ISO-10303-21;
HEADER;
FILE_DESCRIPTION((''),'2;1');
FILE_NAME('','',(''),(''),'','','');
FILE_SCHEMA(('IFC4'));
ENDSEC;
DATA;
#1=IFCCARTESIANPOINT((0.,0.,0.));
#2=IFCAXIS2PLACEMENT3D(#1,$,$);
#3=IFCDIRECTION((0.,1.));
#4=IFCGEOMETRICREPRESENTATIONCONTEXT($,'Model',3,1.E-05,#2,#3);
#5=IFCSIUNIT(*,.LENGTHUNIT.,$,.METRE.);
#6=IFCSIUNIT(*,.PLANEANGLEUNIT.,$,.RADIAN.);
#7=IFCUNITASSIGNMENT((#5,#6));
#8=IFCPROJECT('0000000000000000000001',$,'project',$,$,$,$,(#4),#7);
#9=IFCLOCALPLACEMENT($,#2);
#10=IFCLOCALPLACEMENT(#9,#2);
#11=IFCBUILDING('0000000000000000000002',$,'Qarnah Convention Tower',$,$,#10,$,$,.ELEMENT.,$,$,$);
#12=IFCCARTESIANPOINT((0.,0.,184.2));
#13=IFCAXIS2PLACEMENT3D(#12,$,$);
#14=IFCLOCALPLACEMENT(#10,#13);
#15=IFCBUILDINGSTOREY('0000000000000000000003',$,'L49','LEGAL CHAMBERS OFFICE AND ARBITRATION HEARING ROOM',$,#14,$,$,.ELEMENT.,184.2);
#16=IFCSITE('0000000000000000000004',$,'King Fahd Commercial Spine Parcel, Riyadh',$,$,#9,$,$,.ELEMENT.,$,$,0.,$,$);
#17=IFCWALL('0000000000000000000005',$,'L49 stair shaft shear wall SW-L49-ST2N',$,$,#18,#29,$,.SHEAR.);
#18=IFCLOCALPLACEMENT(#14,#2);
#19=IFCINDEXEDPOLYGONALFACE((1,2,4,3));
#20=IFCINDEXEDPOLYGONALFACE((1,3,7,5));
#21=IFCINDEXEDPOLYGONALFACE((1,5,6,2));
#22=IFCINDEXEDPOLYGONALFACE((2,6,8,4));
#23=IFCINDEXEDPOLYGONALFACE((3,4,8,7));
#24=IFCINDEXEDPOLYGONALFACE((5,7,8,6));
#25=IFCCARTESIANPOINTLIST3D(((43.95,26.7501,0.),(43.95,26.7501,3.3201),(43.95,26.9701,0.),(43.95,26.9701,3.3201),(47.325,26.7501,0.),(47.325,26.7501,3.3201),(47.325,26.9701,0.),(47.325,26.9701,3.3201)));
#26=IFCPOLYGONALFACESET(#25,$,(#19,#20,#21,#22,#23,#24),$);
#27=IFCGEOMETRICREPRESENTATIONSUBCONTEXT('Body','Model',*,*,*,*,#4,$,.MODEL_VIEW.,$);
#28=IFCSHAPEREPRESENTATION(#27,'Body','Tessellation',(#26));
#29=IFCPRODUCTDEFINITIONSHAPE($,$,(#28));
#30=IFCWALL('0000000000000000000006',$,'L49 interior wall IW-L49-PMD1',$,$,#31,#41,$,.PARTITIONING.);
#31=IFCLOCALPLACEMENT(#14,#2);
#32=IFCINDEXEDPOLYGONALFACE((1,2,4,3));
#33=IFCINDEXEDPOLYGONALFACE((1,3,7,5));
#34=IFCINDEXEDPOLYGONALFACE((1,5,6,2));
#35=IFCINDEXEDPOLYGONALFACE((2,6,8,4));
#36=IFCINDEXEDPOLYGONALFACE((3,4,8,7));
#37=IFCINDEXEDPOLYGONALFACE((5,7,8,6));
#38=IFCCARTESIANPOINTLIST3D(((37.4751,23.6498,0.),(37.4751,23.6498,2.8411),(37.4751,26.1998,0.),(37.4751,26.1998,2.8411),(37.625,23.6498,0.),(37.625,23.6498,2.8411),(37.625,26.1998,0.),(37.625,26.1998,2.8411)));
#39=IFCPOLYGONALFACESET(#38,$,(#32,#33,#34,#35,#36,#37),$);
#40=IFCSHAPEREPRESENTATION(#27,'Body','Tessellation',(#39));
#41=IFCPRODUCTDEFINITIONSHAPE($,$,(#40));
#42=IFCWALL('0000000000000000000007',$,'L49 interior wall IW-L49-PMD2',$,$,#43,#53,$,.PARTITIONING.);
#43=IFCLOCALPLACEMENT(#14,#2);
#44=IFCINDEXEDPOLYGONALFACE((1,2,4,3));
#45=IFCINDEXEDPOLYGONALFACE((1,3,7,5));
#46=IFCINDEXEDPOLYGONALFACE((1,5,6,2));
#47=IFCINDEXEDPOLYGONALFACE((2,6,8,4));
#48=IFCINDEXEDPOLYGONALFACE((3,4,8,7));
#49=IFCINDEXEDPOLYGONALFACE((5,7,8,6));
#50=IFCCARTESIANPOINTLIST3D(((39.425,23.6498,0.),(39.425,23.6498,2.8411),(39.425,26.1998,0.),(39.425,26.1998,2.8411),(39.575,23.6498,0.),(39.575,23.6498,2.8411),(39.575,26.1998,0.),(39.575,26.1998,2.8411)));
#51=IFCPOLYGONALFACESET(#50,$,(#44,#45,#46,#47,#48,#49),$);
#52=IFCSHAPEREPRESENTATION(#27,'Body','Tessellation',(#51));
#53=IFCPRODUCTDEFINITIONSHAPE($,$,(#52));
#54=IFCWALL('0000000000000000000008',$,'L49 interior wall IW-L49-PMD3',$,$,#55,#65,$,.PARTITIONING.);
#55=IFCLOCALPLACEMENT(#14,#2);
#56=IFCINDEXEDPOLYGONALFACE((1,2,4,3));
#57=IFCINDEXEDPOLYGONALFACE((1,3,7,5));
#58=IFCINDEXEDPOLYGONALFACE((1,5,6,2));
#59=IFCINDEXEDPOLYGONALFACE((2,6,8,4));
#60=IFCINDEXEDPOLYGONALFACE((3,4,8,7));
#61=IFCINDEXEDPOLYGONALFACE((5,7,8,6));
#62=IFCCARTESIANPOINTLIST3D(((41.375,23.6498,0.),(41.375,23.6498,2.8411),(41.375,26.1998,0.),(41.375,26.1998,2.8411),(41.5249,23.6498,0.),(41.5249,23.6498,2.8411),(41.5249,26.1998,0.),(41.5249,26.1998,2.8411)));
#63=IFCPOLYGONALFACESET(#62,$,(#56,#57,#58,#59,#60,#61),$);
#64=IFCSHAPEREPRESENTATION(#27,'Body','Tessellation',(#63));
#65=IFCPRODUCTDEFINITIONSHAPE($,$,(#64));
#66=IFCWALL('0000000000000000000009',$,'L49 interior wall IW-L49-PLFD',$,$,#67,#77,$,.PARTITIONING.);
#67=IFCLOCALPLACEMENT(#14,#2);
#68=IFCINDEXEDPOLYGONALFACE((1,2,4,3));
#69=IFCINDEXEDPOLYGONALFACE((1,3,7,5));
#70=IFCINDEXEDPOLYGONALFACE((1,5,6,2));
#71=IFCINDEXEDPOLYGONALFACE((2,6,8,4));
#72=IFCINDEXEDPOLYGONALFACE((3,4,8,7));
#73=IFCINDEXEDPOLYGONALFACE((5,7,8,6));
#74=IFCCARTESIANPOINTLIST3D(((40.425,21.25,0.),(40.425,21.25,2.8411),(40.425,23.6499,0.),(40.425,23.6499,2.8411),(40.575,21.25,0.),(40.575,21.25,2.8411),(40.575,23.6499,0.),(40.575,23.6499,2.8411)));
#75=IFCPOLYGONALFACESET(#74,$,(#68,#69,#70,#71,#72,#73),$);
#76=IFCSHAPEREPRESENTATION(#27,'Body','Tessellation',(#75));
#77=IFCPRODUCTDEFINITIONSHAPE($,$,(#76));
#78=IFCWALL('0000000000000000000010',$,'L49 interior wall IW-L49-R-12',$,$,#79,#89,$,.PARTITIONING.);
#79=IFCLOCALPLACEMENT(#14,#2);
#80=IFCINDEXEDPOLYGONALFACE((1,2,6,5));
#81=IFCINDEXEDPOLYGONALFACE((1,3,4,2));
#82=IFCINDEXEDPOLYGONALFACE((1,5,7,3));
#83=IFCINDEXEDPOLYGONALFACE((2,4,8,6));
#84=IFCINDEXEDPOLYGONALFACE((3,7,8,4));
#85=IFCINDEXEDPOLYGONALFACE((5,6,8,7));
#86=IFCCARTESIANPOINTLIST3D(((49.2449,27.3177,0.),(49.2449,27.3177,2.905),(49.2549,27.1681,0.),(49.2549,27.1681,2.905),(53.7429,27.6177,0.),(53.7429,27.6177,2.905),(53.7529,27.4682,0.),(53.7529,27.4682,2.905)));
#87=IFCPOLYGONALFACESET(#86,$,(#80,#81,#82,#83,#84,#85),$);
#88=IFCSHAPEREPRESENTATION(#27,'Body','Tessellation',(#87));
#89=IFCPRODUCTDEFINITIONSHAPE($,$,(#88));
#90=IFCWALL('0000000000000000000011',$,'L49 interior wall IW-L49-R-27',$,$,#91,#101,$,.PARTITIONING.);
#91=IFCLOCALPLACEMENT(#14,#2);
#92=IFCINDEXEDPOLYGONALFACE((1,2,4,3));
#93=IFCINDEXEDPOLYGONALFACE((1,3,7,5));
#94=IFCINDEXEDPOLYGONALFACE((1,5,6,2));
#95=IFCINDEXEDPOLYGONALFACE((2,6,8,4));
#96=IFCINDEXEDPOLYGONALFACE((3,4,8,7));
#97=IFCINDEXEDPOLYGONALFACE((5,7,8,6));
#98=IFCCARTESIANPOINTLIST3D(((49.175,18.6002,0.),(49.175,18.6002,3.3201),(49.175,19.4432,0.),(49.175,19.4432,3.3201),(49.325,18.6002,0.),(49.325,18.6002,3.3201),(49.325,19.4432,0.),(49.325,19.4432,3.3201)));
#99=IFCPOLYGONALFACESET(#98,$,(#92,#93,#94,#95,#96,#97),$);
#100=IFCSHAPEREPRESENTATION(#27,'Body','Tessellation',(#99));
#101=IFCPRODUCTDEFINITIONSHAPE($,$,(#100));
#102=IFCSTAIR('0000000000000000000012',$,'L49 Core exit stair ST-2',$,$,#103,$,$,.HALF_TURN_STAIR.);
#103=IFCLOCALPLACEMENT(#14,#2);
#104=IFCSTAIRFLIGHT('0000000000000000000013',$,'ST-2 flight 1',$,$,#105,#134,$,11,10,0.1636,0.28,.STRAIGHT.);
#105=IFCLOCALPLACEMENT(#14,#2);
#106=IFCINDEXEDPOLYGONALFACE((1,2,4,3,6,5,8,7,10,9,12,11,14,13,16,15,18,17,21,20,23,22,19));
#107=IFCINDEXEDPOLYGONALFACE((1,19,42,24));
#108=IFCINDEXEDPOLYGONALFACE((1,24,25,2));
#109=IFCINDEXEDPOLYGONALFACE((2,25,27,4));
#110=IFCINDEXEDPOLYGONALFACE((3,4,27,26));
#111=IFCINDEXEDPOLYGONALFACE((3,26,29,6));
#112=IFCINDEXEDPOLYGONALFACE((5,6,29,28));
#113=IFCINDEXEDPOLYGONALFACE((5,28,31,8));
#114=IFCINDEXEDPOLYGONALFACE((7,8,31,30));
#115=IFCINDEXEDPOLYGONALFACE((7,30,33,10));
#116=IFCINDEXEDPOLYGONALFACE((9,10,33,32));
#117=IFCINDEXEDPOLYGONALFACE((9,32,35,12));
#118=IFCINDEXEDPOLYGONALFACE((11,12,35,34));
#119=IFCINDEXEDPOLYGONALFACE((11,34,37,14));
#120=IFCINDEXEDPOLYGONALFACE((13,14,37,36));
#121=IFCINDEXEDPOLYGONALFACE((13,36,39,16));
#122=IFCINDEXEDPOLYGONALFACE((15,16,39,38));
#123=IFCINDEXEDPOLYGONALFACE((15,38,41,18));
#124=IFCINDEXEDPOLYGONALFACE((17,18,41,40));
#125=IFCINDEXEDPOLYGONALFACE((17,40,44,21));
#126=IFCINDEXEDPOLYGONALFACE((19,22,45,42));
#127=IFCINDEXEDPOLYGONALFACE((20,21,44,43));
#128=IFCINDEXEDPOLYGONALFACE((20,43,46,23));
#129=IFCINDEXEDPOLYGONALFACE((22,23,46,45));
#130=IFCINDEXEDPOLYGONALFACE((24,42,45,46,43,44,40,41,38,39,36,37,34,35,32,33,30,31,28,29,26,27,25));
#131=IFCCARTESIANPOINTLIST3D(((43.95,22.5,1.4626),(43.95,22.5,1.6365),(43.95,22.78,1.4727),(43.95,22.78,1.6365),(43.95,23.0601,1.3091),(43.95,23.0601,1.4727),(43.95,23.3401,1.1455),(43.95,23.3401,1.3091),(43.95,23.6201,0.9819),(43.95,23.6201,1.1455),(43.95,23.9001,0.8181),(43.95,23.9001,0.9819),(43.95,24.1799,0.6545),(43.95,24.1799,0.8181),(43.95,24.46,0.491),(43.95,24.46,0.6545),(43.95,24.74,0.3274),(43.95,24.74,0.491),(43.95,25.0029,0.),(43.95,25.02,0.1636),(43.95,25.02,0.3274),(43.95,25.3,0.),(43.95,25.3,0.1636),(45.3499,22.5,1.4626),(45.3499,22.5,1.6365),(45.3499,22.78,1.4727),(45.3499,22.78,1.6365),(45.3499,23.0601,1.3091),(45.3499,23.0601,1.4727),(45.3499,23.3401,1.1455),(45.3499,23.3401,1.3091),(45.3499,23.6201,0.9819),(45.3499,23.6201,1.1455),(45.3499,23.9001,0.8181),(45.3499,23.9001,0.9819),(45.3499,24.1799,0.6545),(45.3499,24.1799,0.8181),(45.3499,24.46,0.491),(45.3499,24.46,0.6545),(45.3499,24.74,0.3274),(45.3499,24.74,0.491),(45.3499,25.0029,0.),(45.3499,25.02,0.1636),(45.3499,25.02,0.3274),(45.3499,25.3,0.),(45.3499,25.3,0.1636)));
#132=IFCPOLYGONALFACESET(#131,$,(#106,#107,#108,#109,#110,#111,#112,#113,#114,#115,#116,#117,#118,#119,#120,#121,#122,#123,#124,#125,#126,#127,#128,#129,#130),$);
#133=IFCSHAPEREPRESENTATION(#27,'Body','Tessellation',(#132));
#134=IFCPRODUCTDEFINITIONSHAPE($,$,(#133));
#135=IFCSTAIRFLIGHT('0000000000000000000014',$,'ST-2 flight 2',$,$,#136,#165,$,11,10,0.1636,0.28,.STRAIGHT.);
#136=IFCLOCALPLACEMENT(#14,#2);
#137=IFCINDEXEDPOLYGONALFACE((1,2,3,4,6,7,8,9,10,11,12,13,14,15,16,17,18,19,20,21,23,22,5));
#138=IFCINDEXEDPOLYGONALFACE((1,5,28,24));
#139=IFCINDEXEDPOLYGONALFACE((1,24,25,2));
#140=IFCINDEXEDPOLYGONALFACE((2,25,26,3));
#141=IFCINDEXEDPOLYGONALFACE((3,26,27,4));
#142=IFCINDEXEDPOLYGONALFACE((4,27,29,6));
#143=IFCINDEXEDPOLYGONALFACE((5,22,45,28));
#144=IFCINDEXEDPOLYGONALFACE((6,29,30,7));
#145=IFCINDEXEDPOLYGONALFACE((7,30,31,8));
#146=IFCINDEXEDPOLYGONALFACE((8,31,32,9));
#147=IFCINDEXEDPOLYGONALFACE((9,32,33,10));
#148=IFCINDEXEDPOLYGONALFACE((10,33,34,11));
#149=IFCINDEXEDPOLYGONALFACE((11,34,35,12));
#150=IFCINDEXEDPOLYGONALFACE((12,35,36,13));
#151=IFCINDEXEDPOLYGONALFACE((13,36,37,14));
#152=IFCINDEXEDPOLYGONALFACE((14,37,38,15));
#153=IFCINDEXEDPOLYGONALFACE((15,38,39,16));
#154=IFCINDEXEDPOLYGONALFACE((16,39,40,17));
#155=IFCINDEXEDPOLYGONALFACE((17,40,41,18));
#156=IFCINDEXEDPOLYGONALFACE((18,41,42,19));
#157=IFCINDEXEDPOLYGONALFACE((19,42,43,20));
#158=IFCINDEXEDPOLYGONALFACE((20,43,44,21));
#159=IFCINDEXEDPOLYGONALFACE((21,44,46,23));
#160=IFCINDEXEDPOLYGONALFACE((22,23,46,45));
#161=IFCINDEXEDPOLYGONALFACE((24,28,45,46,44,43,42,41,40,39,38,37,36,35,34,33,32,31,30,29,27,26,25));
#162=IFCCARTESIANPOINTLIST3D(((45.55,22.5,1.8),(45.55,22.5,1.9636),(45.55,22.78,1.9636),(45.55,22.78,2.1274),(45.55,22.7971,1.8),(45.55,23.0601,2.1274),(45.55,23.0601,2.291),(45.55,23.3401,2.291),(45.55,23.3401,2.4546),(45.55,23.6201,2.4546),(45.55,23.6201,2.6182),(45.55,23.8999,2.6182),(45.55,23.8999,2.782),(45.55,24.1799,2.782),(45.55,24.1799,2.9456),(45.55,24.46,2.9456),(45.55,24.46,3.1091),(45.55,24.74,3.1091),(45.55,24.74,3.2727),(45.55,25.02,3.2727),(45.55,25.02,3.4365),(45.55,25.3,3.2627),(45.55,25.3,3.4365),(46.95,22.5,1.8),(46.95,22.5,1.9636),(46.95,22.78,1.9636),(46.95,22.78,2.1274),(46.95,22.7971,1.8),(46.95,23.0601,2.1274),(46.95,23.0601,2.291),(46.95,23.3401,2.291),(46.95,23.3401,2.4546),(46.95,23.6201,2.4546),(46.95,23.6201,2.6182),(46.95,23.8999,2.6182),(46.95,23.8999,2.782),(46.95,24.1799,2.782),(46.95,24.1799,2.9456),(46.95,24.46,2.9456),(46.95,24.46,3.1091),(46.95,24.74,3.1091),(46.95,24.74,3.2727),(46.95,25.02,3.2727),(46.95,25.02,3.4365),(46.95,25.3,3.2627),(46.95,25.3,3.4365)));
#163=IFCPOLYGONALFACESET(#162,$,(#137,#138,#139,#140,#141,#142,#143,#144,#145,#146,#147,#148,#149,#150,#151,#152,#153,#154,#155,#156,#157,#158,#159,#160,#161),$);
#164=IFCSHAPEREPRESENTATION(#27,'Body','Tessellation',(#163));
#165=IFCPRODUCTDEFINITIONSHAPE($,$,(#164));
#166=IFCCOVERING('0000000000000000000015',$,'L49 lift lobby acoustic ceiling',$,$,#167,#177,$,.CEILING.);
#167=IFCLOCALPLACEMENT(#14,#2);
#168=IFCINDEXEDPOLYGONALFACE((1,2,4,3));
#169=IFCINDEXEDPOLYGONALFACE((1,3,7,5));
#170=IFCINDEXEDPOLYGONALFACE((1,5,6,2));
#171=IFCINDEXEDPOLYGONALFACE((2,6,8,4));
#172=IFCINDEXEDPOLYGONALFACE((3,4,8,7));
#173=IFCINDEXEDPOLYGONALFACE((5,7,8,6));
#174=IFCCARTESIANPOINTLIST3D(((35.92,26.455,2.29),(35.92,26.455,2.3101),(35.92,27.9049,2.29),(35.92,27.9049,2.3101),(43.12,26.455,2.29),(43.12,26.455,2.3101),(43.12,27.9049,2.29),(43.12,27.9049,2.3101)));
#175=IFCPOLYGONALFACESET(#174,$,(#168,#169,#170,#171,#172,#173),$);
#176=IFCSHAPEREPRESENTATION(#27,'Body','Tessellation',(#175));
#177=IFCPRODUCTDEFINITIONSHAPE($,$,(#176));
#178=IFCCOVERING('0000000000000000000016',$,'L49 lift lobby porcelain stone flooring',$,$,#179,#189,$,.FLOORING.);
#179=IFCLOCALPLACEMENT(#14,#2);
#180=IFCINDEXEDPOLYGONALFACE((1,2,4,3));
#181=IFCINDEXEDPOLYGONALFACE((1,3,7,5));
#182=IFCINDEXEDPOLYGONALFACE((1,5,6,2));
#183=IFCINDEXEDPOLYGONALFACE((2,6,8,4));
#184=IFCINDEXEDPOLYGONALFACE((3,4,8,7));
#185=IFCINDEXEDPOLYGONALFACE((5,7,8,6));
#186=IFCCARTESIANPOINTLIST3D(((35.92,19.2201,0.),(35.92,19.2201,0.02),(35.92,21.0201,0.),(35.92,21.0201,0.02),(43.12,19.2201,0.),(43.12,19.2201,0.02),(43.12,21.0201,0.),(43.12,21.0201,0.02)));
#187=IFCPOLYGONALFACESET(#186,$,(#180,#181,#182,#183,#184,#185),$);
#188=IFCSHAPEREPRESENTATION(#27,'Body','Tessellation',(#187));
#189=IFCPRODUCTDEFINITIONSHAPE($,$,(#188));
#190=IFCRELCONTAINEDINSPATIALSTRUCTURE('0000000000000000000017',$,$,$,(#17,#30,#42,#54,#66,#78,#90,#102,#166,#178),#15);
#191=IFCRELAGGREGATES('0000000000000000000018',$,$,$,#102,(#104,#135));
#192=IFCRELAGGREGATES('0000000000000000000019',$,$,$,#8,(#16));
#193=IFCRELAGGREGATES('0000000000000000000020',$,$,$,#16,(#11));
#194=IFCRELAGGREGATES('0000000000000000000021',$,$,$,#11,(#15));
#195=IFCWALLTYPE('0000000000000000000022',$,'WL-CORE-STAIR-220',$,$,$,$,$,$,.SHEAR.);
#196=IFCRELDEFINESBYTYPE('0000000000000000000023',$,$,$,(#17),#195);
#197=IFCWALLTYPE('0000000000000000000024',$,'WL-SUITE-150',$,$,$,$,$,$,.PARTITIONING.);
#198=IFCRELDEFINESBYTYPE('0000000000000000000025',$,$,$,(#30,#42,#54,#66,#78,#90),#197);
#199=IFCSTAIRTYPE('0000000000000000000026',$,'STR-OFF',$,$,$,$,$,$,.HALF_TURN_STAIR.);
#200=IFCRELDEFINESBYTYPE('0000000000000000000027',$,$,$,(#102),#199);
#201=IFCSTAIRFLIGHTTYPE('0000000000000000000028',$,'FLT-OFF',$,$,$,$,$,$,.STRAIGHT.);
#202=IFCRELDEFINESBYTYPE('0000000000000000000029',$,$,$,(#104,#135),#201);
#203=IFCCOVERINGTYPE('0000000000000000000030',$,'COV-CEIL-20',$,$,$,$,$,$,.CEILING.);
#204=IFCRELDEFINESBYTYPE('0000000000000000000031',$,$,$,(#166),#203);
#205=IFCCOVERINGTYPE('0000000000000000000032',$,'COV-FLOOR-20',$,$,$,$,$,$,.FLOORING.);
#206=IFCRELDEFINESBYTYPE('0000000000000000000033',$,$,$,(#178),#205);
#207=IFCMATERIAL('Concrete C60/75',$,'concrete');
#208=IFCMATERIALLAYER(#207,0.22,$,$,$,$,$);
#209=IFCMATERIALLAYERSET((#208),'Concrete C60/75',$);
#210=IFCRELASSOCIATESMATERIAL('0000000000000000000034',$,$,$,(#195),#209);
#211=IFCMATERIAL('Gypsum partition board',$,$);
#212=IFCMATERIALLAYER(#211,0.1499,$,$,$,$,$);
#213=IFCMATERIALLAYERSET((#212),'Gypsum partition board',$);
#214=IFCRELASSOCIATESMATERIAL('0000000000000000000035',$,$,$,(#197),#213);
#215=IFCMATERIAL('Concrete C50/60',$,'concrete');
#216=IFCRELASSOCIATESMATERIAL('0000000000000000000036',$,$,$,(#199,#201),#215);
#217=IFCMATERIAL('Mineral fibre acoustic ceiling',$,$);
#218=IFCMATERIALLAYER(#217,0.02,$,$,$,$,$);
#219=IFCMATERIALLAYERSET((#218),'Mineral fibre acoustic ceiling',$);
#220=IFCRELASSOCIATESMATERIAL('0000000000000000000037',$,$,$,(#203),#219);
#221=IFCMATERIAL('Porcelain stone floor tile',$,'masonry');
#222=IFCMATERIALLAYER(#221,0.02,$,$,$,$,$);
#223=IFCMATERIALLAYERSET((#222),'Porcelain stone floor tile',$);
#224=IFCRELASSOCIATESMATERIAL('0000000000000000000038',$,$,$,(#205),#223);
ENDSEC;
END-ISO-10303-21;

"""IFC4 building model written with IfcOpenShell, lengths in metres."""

from ifc_helpers import new_model, si_unit, direction, frame, frame_2d, origin, origin_2d, place, context, subcontext, project, spatial, polyline, rectangle, outline, extrude, material, layer, layer_set, type_object, element, aggregate, save


model = new_model("IFC4")

# Units and contexts
model_context = context("Model", 3, precision=1e-05, world=origin(), true_north=direction((0.0, 1.0)))
body_context = subcontext(model_context, "Body", "Model", "MODEL_VIEW")
ifc_project = project(units=[si_unit("LENGTHUNIT", "METRE"), si_unit("PLANEANGLEUNIT", "RADIAN")], contexts=[model_context])

# Site, building, storey
site_placement = place(None, origin())
site = spatial("IfcSite", under=ifc_project, at=site_placement, Name="King Fahd Commercial Spine Parcel, Riyadh", CompositionType="ELEMENT", RefElevation=0.0)
building_placement = place(site_placement, origin())
building = spatial("IfcBuilding", under=site, at=building_placement, Name="Qarnah Convention Tower", CompositionType="ELEMENT")
storey_placement = place(building_placement, frame((0.0, 0.0, 184.2)))
storey = spatial("IfcBuildingStorey", under=building, at=storey_placement, Name="L49", Description="LEGAL CHAMBERS OFFICE AND ARBITRATION HEARING ROOM", CompositionType="ELEMENT", Elevation=184.2)

# Shared definitions
ifc_material_1 = material(Name="Concrete C50/60", Category="concrete")

# Walls
ifc_material_2 = material(Name="Concrete C60/75", Category="concrete")
ifc_layer_1 = layer(ifc_material_2, 0.22)
ifc_layer_set_1 = layer_set([ifc_layer_1], Name="Concrete C60/75")
wall_type_1 = type_object("IfcWallType", Name="WL-CORE-STAIR-220", PredefinedType="SHEAR", material=ifc_layer_set_1)
wall_1_placement = place(storey_placement, frame((43.95, 26.8601, 0.0), z_axis=(0.0, 0.0, 1.0), x_axis=(1.0, 0.0, 0.0)))
element("IfcWall", 1, at=wall_1_placement, inside=storey, type_object=wall_type_1, Name="L49 stair shaft shear wall SW-L49-ST2N", PredefinedType="SHEAR", context=body_context, shape_type="SweptSolid", body=[
    extrude(rectangle(XDim=3.375, YDim=0.22, at=frame_2d((1.6875, 0.0))), origin(), (0.0, 0.0, 1.0), 3.3201),
])
ifc_material_3 = material(Name="Gypsum partition board")
ifc_layer_2 = layer(ifc_material_3, 0.1499)
ifc_layer_set_2 = layer_set([ifc_layer_2], Name="Gypsum partition board")
wall_type_2 = type_object("IfcWallType", Name="WL-SUITE-150", PredefinedType="PARTITIONING", material=ifc_layer_set_2)
for number, where, z_axis, x_axis, name in (
    (2, (37.55, 23.6499, 0.0), (0.0, 0.0, 1.0), (0.0, 1.0, 0.0), "L49 interior wall IW-L49-PMD1"),
    (3, (39.5, 23.6499, 0.0), (0.0, 0.0, 1.0), (0.0, 1.0, 0.0), "L49 interior wall IW-L49-PMD2"),
    (4, (41.45, 23.6499, 0.0), (0.0, 0.0, 1.0), (0.0, 1.0, 0.0), "L49 interior wall IW-L49-PMD3"),
):
    element("IfcWall", number, at=place(storey_placement, frame(where, z_axis=z_axis, x_axis=x_axis)), inside=storey, type_object=wall_type_2, Name=name, PredefinedType="PARTITIONING", context=body_context, shape_type="SweptSolid", body=[
        extrude(rectangle(XDim=2.55, YDim=0.1499, at=frame_2d((1.2749, 0.0))), origin(), (0.0, 0.0, 1.0), 2.8411),
    ])
wall_2_placement = place(storey_placement, frame((40.5, 21.25, 0.0), z_axis=(0.0, 0.0, 1.0), x_axis=(0.0, 1.0, 0.0)))
element("IfcWall", 5, at=wall_2_placement, inside=storey, type_object=wall_type_2, Name="L49 interior wall IW-L49-PLFD", PredefinedType="PARTITIONING", context=body_context, shape_type="SweptSolid", body=[
    extrude(rectangle(XDim=2.3999, YDim=0.1499, at=frame_2d((1.2, 0.0))), origin(), (0.0, 0.0, 1.0), 2.8411),
])
wall_3_placement = place(storey_placement, frame((49.25, 27.2429, 0.0), z_axis=(0.0, 0.0, 1.0), x_axis=(0.997783, 0.066559, 0.0)))
element("IfcWall", 6, at=wall_3_placement, inside=storey, type_object=wall_type_2, Name="L49 interior wall IW-L49-R-12", PredefinedType="PARTITIONING", context=body_context, shape_type="SweptSolid", body=[
    extrude(rectangle(XDim=4.5081, YDim=0.1499, at=frame_2d((2.2539, 0.0))), origin(), (0.0, 0.0, 1.0), 2.905),
])
wall_4_placement = place(storey_placement, frame((49.25, 19.4431, 0.0), z_axis=(0.0, 0.0, 1.0), x_axis=(0.0, -1.0, 0.0)))
element("IfcWall", 7, at=wall_4_placement, inside=storey, type_object=wall_type_2, Name="L49 interior wall IW-L49-R-27", PredefinedType="PARTITIONING", context=body_context, shape_type="SweptSolid", body=[
    extrude(rectangle(XDim=0.843, YDim=0.1499, at=frame_2d((0.4214, 0.0))), origin(), (0.0, 0.0, 1.0), 3.3201),
])

# Stair, stair flights
stair_type = type_object("IfcStairType", Name="STR-OFF", PredefinedType="HALF_TURN_STAIR", material=ifc_material_1)
stair_placement = place(storey_placement, origin())
stair = element("IfcStair", 8, at=stair_placement, inside=storey, type_object=stair_type, Name="L49 Core exit stair ST-2", PredefinedType="HALF_TURN_STAIR")
stair_flight_type = type_object("IfcStairFlightType", Name="FLT-OFF", PredefinedType="STRAIGHT", material=ifc_material_1)
stair_flight_1_placement = place(storey_placement, frame((44.6499, 25.3, 0.0), z_axis=(0.0, 0.0, 1.0), x_axis=(0.0, -1.0, 0.0)))
stair_flight_1 = element("IfcStairFlight", 9, at=stair_flight_1_placement, type_object=stair_flight_type, Name="ST-2 flight 1", NumberOfRisers=11, NumberOfTreads=10, PredefinedType="STRAIGHT", RiserHeight=0.1636, TreadLength=0.28, context=body_context, shape_type="SweptSolid", body=[
    extrude(outline(polyline([(0.0, 0.0), (0.0, 0.1636), (0.28, 0.1636), (0.28, 0.3274), (0.5601, 0.3274), (0.5601, 0.491), (0.8401, 0.491), (0.8401, 0.6545), (1.1201, 0.6545), (1.1201, 0.8181), (1.3999, 0.8181), (1.3999, 0.9819), (1.6799, 0.9819), (1.6799, 1.1455), (1.96, 1.1455), (1.96, 1.3091), (2.24, 1.3091), (2.24, 1.4727), (2.52, 1.4727), (2.52, 1.6365), (2.8, 1.6365), (2.8, 1.8), (2.8, 1.4626), (0.2971, 0.0), (0.0, 0.0)])), frame((0.0, 0.7, 0.0), z_axis=(0.0, -1.0, 0.0), x_axis=(1.0, 0.0, 0.0)), (0.0, 0.0, 1.0), 1.3999),
])
stair_flight_2_placement = place(storey_placement, frame((46.25, 22.5, 1.8), z_axis=(0.0, 0.0, 1.0), x_axis=(0.0, 1.0, 0.0)))
stair_flight_2 = element("IfcStairFlight", 10, at=stair_flight_2_placement, type_object=stair_flight_type, Name="ST-2 flight 2", NumberOfRisers=11, NumberOfTreads=10, PredefinedType="STRAIGHT", RiserHeight=0.1636, TreadLength=0.28, context=body_context, shape_type="SweptSolid", body=[
    extrude(outline(polyline([(0.0, 0.0), (0.0, 0.1636), (0.28, 0.1636), (0.28, 0.3274), (0.5601, 0.3274), (0.5601, 0.491), (0.8401, 0.491), (0.8401, 0.6545), (1.1201, 0.6545), (1.1201, 0.8181), (1.3999, 0.8181), (1.3999, 0.9819), (1.6799, 0.9819), (1.6799, 1.1455), (1.96, 1.1455), (1.96, 1.3091), (2.24, 1.3091), (2.24, 1.4727), (2.52, 1.4727), (2.52, 1.6365), (2.8, 1.6365), (2.8, 1.8), (2.8, 1.4626), (0.2971, 0.0), (0.0, 0.0)])), frame((0.0, 0.7, 0.0), z_axis=(0.0, -1.0, 0.0), x_axis=(1.0, 0.0, 0.0)), (0.0, 0.0, 1.0), 1.3999),
])
aggregate(stair, [stair_flight_1, stair_flight_2])

# Coverings
ifc_material_4 = material(Name="Mineral fibre acoustic ceiling")
ifc_layer_3 = layer(ifc_material_4, 0.02)
ifc_layer_set_3 = layer_set([ifc_layer_3], Name="Mineral fibre acoustic ceiling")
covering_type_1 = type_object("IfcCoveringType", Name="COV-CEIL-20", PredefinedType="CEILING", material=ifc_layer_set_3)
covering_1_placement = place(storey_placement, frame((39.52, 27.1799, 2.29), z_axis=(0.0, 0.0, 1.0), x_axis=(1.0, 0.0, 0.0)))
element("IfcCovering", 11, at=covering_1_placement, inside=storey, type_object=covering_type_1, Name="L49 lift lobby acoustic ceiling", PredefinedType="CEILING", context=body_context, shape_type="SweptSolid", body=[
    extrude(rectangle(XDim=7.2, YDim=1.45, at=origin_2d()), origin(), (0.0, 0.0, 1.0), 0.02),
])
ifc_material_5 = material(Name="Porcelain stone floor tile", Category="masonry")
ifc_layer_4 = layer(ifc_material_5, 0.02)
ifc_layer_set_4 = layer_set([ifc_layer_4], Name="Porcelain stone floor tile")
covering_type_2 = type_object("IfcCoveringType", Name="COV-FLOOR-20", PredefinedType="FLOORING", material=ifc_layer_set_4)
covering_2_placement = place(storey_placement, frame((39.52, 20.1201, 0.0), z_axis=(0.0, 0.0, 1.0), x_axis=(1.0, 0.0, 0.0)))
element("IfcCovering", 12, at=covering_2_placement, inside=storey, type_object=covering_type_2, Name="L49 lift lobby porcelain stone flooring", PredefinedType="FLOORING", context=body_context, shape_type="SweptSolid", body=[
    extrude(rectangle(XDim=7.2, YDim=1.8, at=origin_2d()), origin(), (0.0, 0.0, 1.0), 0.02),
])

save(model, "model.ifc")
